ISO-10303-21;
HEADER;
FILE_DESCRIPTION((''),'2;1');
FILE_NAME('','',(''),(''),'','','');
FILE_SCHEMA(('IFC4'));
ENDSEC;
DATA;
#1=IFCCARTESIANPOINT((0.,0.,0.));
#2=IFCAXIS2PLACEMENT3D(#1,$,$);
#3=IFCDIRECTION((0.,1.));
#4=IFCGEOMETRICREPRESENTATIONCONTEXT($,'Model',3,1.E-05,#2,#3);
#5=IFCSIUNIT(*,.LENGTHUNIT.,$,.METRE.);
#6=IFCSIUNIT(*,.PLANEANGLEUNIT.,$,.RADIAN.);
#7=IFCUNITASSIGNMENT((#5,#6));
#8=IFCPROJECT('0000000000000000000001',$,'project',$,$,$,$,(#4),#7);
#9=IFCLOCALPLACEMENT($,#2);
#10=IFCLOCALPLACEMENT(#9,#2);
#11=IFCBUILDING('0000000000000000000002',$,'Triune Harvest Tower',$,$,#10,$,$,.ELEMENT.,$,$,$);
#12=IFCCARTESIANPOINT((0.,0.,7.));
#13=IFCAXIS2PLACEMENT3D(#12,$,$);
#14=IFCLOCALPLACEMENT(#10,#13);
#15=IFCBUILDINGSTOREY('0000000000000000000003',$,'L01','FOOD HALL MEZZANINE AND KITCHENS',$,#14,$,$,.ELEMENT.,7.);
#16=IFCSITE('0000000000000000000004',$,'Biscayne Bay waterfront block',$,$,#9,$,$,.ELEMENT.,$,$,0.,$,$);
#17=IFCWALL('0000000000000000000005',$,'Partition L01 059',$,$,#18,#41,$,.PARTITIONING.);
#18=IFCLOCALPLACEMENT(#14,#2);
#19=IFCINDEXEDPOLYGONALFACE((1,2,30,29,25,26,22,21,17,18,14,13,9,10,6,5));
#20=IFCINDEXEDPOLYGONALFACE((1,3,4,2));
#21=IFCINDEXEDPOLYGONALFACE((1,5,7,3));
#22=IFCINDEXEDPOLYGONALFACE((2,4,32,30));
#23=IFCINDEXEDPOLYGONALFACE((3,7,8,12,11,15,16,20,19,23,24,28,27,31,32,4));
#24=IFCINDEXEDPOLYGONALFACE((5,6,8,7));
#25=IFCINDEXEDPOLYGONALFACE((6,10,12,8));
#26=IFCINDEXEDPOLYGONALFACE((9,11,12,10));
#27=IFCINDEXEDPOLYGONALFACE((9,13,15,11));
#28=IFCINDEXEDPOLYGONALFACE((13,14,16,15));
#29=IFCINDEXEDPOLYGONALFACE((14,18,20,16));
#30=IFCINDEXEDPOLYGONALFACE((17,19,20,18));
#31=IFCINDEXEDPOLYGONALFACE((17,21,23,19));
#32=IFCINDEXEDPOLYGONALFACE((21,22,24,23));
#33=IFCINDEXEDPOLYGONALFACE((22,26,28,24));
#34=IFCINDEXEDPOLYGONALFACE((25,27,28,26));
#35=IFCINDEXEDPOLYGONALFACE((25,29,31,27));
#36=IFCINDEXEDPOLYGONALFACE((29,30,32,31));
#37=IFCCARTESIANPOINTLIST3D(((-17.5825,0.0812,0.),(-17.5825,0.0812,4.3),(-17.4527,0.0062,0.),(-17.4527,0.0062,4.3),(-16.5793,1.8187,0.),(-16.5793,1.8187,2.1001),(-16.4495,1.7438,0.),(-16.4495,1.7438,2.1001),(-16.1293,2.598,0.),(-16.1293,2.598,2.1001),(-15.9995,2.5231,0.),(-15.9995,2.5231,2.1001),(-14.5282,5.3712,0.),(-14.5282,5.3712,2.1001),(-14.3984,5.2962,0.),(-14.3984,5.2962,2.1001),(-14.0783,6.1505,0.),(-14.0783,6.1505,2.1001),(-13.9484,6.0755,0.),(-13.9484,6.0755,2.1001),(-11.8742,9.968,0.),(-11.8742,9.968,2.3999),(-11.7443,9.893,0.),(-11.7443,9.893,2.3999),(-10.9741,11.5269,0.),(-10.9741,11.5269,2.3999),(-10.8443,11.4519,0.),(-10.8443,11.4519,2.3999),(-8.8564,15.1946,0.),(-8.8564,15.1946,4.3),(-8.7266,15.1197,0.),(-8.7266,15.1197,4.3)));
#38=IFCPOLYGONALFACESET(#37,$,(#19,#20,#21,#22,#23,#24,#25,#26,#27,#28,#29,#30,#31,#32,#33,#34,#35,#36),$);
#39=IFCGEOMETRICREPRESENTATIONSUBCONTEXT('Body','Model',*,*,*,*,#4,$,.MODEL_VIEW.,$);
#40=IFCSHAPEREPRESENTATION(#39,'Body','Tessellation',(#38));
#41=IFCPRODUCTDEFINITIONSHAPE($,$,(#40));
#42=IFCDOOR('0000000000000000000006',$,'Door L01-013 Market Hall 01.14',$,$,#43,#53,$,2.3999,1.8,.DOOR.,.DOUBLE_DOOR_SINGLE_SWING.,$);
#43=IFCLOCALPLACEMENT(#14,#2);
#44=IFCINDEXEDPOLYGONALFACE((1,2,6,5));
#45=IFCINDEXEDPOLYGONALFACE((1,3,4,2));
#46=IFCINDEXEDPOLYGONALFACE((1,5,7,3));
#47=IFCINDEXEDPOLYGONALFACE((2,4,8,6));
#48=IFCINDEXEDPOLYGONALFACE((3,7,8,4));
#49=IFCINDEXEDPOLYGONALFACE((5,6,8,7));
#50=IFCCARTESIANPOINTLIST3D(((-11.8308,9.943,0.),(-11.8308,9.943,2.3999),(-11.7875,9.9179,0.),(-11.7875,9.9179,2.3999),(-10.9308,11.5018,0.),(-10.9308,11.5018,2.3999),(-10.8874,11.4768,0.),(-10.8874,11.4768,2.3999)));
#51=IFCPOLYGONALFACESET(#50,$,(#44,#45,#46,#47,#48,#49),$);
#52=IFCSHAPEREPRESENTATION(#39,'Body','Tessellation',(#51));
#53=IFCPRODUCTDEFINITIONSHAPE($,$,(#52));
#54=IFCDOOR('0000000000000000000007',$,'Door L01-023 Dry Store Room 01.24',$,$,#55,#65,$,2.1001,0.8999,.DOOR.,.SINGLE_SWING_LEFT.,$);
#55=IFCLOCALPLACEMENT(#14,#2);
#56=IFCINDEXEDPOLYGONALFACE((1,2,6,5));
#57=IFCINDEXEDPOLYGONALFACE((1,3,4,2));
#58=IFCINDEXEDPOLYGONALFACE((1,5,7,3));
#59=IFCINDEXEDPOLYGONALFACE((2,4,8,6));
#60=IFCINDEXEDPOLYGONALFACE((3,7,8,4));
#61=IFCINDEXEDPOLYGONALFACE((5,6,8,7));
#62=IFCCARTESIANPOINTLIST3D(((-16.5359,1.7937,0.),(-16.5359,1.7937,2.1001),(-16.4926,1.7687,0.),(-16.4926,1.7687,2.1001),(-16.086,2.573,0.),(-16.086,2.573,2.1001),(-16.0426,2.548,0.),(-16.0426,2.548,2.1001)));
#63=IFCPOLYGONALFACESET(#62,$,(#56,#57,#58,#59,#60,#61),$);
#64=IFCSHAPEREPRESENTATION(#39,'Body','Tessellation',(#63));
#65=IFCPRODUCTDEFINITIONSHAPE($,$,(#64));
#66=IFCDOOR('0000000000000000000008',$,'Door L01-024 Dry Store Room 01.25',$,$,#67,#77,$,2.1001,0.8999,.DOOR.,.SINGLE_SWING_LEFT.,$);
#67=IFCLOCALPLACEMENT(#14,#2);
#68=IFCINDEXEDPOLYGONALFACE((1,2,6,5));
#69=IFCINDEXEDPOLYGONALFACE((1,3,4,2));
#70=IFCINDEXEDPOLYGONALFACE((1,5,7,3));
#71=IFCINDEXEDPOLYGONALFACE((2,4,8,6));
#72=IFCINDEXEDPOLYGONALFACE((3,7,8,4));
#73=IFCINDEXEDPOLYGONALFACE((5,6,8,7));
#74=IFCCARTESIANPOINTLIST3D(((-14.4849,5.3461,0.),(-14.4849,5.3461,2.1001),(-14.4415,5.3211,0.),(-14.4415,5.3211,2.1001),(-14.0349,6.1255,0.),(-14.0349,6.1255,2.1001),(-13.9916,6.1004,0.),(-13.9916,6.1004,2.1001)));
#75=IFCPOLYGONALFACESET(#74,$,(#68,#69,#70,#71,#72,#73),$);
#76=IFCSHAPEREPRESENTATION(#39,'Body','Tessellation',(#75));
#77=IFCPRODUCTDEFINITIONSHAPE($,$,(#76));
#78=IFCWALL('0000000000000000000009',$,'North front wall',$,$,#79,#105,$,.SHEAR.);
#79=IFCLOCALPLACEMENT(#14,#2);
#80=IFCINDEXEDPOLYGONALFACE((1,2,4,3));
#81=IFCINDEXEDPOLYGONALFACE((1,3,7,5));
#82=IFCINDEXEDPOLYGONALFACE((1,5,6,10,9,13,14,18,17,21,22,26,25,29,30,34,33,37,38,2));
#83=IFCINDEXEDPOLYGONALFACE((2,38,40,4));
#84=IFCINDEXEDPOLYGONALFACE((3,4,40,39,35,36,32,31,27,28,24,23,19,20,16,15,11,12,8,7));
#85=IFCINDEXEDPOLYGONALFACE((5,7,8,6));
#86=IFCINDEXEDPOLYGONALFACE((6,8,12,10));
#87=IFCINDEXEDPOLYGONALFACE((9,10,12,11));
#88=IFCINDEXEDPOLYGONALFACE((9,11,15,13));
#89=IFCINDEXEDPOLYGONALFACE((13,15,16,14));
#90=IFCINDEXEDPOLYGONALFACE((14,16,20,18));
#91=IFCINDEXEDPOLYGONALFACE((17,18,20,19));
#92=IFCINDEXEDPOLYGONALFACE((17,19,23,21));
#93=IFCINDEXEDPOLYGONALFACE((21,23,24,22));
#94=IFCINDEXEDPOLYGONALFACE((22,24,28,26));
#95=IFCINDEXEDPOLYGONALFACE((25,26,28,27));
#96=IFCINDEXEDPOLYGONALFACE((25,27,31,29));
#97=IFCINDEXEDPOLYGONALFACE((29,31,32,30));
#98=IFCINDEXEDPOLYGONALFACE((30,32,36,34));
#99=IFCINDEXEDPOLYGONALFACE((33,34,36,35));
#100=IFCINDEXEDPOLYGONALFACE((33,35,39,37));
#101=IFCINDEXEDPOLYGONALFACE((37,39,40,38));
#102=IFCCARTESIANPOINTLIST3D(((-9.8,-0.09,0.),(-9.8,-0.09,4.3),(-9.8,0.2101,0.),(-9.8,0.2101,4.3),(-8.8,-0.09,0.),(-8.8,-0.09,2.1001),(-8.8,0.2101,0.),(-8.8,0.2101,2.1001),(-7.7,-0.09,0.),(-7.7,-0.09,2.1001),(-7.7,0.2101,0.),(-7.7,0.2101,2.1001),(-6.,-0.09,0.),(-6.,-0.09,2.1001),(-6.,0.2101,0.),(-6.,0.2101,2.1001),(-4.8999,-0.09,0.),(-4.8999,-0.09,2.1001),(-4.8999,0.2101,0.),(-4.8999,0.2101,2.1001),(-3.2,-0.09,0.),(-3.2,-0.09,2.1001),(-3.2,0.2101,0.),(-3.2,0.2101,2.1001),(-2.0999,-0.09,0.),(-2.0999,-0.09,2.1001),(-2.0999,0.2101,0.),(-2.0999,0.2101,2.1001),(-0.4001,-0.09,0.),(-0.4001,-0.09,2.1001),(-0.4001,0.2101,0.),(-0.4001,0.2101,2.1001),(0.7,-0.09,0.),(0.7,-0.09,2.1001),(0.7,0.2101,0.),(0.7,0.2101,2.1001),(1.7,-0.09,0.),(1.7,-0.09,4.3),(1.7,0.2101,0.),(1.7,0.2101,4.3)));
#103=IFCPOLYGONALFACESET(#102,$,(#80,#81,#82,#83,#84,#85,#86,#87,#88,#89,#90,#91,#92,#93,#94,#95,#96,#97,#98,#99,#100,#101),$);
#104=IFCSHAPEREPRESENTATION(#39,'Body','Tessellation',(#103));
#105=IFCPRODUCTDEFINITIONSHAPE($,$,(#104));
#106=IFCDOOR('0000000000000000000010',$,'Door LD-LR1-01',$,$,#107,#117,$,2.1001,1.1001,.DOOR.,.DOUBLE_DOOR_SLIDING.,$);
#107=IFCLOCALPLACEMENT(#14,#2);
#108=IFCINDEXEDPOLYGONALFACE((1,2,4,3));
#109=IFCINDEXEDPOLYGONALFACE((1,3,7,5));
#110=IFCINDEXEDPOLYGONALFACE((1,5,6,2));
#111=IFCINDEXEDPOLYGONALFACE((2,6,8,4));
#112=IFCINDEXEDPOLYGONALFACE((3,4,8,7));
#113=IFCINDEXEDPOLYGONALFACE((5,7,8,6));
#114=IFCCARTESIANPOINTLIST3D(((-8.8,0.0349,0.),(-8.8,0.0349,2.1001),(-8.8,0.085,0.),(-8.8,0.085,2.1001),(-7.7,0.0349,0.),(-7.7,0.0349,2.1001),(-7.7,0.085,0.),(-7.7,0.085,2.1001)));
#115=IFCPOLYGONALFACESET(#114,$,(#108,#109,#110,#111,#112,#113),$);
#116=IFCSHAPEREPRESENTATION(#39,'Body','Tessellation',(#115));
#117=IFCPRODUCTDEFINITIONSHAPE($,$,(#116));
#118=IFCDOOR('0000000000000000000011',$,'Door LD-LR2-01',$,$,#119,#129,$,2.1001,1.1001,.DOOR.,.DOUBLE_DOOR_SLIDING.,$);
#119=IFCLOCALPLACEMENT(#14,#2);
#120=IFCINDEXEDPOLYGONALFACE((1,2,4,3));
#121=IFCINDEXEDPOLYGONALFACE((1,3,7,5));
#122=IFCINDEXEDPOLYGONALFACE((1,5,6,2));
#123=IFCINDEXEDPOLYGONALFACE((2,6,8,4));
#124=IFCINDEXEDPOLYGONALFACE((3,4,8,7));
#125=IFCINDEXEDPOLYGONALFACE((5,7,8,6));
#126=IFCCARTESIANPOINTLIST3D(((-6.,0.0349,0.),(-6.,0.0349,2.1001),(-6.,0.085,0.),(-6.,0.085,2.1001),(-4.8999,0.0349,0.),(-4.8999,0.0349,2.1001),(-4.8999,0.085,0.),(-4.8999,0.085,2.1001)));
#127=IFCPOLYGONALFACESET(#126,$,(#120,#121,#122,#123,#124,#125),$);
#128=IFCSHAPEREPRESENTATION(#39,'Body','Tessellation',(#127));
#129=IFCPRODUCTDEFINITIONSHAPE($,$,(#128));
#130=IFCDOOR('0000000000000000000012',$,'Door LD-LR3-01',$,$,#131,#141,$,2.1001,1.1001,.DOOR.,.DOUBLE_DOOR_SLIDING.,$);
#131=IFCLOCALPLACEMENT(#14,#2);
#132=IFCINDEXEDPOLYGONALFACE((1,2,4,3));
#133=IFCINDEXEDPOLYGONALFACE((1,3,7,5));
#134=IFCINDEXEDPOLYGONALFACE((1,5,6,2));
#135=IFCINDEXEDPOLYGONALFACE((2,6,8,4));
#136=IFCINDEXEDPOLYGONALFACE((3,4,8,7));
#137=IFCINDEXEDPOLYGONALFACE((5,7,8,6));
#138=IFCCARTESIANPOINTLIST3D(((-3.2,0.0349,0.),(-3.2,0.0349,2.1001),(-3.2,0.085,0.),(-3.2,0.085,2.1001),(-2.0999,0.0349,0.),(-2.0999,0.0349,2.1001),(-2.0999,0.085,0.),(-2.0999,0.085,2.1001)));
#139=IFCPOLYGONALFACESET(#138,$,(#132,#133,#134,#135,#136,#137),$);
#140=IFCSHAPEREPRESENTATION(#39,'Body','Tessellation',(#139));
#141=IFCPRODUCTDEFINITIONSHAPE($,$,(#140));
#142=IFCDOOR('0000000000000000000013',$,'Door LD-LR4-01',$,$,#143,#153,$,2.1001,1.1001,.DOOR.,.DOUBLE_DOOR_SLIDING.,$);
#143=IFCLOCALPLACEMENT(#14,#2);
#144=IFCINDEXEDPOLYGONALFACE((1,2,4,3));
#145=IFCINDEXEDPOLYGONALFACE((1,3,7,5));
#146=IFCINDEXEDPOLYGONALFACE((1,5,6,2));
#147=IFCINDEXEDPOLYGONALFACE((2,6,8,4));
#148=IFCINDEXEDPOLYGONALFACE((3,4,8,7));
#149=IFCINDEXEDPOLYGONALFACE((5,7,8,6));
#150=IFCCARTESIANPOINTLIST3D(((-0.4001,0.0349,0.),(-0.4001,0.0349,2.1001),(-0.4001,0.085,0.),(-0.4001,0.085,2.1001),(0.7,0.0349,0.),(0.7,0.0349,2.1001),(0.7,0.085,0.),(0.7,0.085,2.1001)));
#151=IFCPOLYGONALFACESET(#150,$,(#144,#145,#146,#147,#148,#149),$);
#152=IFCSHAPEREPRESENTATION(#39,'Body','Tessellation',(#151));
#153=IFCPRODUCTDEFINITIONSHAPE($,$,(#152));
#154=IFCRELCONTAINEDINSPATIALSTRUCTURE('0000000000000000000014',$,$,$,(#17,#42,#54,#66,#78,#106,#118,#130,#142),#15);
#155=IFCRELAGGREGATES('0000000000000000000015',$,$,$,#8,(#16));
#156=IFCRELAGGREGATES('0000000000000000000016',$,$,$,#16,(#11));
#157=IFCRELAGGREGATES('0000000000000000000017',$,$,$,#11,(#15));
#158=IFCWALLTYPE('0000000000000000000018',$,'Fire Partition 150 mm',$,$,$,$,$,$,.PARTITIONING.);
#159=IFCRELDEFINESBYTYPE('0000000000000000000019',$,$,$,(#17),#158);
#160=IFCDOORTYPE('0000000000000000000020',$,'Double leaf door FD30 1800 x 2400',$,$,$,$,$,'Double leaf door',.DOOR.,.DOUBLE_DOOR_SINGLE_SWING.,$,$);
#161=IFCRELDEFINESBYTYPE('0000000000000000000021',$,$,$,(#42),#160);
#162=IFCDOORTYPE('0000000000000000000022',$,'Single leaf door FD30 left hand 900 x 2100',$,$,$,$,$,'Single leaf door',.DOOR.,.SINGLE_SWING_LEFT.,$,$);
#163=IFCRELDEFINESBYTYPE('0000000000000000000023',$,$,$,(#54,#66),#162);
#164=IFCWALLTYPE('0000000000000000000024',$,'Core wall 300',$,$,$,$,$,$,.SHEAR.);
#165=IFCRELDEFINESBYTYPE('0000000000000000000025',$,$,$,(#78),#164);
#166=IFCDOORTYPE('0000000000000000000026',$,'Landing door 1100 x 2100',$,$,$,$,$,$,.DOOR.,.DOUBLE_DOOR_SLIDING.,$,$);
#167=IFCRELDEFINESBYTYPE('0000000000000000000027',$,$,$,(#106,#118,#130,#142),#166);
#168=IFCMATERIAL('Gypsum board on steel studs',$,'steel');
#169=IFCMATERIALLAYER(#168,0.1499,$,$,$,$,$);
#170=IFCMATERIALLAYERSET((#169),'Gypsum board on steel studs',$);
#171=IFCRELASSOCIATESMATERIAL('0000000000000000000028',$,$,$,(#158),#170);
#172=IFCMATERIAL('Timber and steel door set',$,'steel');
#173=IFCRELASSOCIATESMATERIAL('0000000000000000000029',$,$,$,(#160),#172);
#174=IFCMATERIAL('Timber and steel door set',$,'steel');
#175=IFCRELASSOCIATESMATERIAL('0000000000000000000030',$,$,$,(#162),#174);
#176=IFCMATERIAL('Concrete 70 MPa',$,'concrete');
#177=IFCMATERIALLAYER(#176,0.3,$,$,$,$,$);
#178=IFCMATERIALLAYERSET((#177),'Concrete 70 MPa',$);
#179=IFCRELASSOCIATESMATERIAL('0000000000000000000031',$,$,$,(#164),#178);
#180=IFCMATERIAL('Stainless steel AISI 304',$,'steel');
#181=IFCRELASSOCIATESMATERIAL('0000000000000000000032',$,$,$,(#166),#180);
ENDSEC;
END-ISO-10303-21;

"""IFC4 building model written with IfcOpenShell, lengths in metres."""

from ifc_helpers import new_model, si_unit, direction, frame, frame_2d, origin, place, context, subcontext, project, spatial, rectangle, extrude, source, transform, mapped, material, layer, layer_set, type_object, element, fill, save


model = new_model("IFC4")

# Units and contexts
model_context = context("Model", 3, precision=1e-05, world=origin(), true_north=direction((0.0, 1.0)))
body_context = subcontext(model_context, "Body", "Model", "MODEL_VIEW")
ifc_project = project(units=[si_unit("LENGTHUNIT", "METRE"), si_unit("PLANEANGLEUNIT", "RADIAN")], contexts=[model_context])

# Site, building, storey
site_placement = place(None, origin())
site = spatial("IfcSite", under=ifc_project, at=site_placement, Name="Biscayne Bay waterfront block", CompositionType="ELEMENT", RefElevation=0.0)
building_placement = place(site_placement, origin())
building = spatial("IfcBuilding", under=site, at=building_placement, Name="Triune Harvest Tower", CompositionType="ELEMENT")
storey_placement = place(building_placement, frame((0.0, 0.0, 7.0)))
storey = spatial("IfcBuildingStorey", under=building, at=storey_placement, Name="L01", Description="FOOD HALL MEZZANINE AND KITCHENS", CompositionType="ELEMENT", Elevation=7.0)

# Walls, openings, doors
ifc_material_1 = material(Name="Gypsum board on steel studs", Category="steel")
ifc_layer_1 = layer(ifc_material_1, 0.1499)
ifc_layer_set_1 = layer_set([ifc_layer_1], Name="Gypsum board on steel studs")
wall_type_1 = type_object("IfcWallType", Name="Fire Partition 150 mm", PredefinedType="PARTITIONING", material=ifc_layer_set_1)
wall_1_placement = place(storey_placement, frame((-17.5176, 0.0437, 0.0), z_axis=(0.0, 0.0, 1.0), x_axis=(0.500012, 0.866019, 0.0)))
wall_1 = element("IfcWall", 1, at=wall_1_placement, inside=storey, type_object=wall_type_1, Name="Partition L01 059", PredefinedType="PARTITIONING", context=body_context, shape_type="SweptSolid", body=[
    extrude(rectangle(XDim=17.4517, YDim=0.1499, at=frame_2d((8.7258, 0.0))), origin(), (0.0, 0.0, 1.0), 4.3),
])
opening_1_placement = place(wall_1_placement, frame((11.4165, 0.0, 0.0)))
opening_1 = element("IfcOpeningElement", 2, at=opening_1_placement, cuts=wall_1, PredefinedType="OPENING", context=body_context, shape_type="SweptSolid", body=[
    extrude(rectangle(XDim=1.8, YDim=2.3999, at=frame_2d((0.8999, 1.2))), frame((0.0, 0.085, 0.0), z_axis=(0.0, -1.0, 0.0), x_axis=(1.0, 0.0, 0.0)), (0.0, 0.0, 1.0), 0.1699),
])
opening_2_placement = place(wall_1_placement, frame((2.0063, 0.0, 0.0)))
opening_2 = element("IfcOpeningElement", 3, at=opening_2_placement, cuts=wall_1, PredefinedType="OPENING", context=body_context, shape_type="SweptSolid", body=[
    extrude(rectangle(XDim=0.8999, YDim=2.1001, at=frame_2d((0.45, 1.05))), frame((0.0, 0.085, 0.0), z_axis=(0.0, -1.0, 0.0), x_axis=(1.0, 0.0, 0.0)), (0.0, 0.0, 1.0), 0.1699),
])
opening_3_placement = place(wall_1_placement, frame((6.1084, 0.0, 0.0)))
opening_3 = element("IfcOpeningElement", 4, at=opening_3_placement, cuts=wall_1, PredefinedType="OPENING", context=body_context, shape_type="SweptSolid", body=[
    extrude(rectangle(XDim=0.8999, YDim=2.1001, at=frame_2d((0.45, 1.05))), frame((0.0, 0.085, 0.0), z_axis=(0.0, -1.0, 0.0), x_axis=(1.0, 0.0, 0.0)), (0.0, 0.0, 1.0), 0.1699),
])
ifc_material_2 = material(Name="Timber and steel door set", Category="steel")
door_type_1 = type_object("IfcDoorType", Name="Double leaf door FD30 1800 x 2400", ElementType="Double leaf door", OperationType="DOUBLE_DOOR_SINGLE_SWING", PredefinedType="DOOR", material=ifc_material_2)
door_1_placement = place(opening_1_placement, origin())
door_1 = element("IfcDoor", 5, at=door_1_placement, inside=storey, type_object=door_type_1, Name="Door L01-013 Market Hall 01.14", OperationType="DOUBLE_DOOR_SINGLE_SWING", OverallHeight=2.3999, OverallWidth=1.8, PredefinedType="DOOR", context=body_context, shape_type="SweptSolid", body=[
    extrude(rectangle(XDim=1.8, YDim=2.3999, at=frame_2d((0.8999, 1.2))), frame((0.0, 0.0249, 0.0), z_axis=(0.0, -1.0, 0.0), x_axis=(1.0, 0.0, 0.0)), (0.0, 0.0, 1.0), 0.05),
])
fill(opening_1, door_1)
ifc_material_3 = material(Name="Timber and steel door set", Category="steel")
door_type_2 = type_object("IfcDoorType", Name="Single leaf door FD30 left hand 900 x 2100", ElementType="Single leaf door", OperationType="SINGLE_SWING_LEFT", PredefinedType="DOOR", material=ifc_material_3)
door_2_placement = place(opening_2_placement, origin())
door_2 = element("IfcDoor", 6, at=door_2_placement, inside=storey, type_object=door_type_2, Name="Door L01-023 Dry Store Room 01.24", OperationType="SINGLE_SWING_LEFT", OverallHeight=2.1001, OverallWidth=0.8999, PredefinedType="DOOR", context=body_context, shape_type="SweptSolid", body=[
    extrude(rectangle(XDim=0.8999, YDim=2.1001, at=frame_2d((0.45, 1.05))), frame((0.0, 0.0249, 0.0), z_axis=(0.0, -1.0, 0.0), x_axis=(1.0, 0.0, 0.0)), (0.0, 0.0, 1.0), 0.05),
])
fill(opening_2, door_2)
door_3_placement = place(opening_3_placement, origin())
door_3 = element("IfcDoor", 7, at=door_3_placement, inside=storey, type_object=door_type_2, Name="Door L01-024 Dry Store Room 01.25", OperationType="SINGLE_SWING_LEFT", OverallHeight=2.1001, OverallWidth=0.8999, PredefinedType="DOOR", context=body_context, shape_type="SweptSolid", body=[
    extrude(rectangle(XDim=0.8999, YDim=2.1001, at=frame_2d((0.45, 1.05))), frame((0.0, 0.0249, 0.0), z_axis=(0.0, -1.0, 0.0), x_axis=(1.0, 0.0, 0.0)), (0.0, 0.0, 1.0), 0.05),
])
fill(opening_3, door_3)
ifc_material_4 = material(Name="Concrete 70 MPa", Category="concrete")
ifc_layer_2 = layer(ifc_material_4, 0.3)
ifc_layer_set_2 = layer_set([ifc_layer_2], Name="Concrete 70 MPa")
wall_type_2 = type_object("IfcWallType", Name="Core wall 300", PredefinedType="SHEAR", material=ifc_layer_set_2)
shared_shape_1 = source(origin(), body_context, "Body", "SweptSolid", [
    extrude(rectangle(XDim=11.5, YDim=0.3, at=frame_2d((5.75, 0.0))), origin(), (0.0, 0.0, 1.0), 4.3),
])
wall_2_placement = place(storey_placement, frame((-9.8, 0.0601, 0.0), z_axis=(0.0, 0.0, 1.0), x_axis=(1.0, 0.0, 0.0)))
wall_2 = element("IfcWall", 8, at=wall_2_placement, inside=storey, type_object=wall_type_2, Name="North front wall", PredefinedType="SHEAR", context=body_context, shape_type="MappedRepresentation", body=[
    mapped(shared_shape_1, transform((0.0, 0.0, 0.0), scale=1.0)),
])
opening_4_placement = place(wall_2_placement, frame((1.0, 0.0, 0.0)))
opening_4 = element("IfcOpeningElement", 9, at=opening_4_placement, cuts=wall_2, PredefinedType="OPENING", context=body_context, shape_type="SweptSolid", body=[
    extrude(rectangle(XDim=1.1001, YDim=2.1001, at=frame_2d((0.55, 1.05))), frame((0.0, 0.1602, 0.0), z_axis=(0.0, -1.0, 0.0), x_axis=(1.0, 0.0, 0.0)), (0.0, 0.0, 1.0), 0.3201),
])
opening_5_placement = place(wall_2_placement, frame((3.8, 0.0, 0.0)))
opening_5 = element("IfcOpeningElement", 10, at=opening_5_placement, cuts=wall_2, PredefinedType="OPENING", context=body_context, shape_type="SweptSolid", body=[
    extrude(rectangle(XDim=1.1001, YDim=2.1001, at=frame_2d((0.55, 1.05))), frame((0.0, 0.1602, 0.0), z_axis=(0.0, -1.0, 0.0), x_axis=(1.0, 0.0, 0.0)), (0.0, 0.0, 1.0), 0.3201),
])
opening_6_placement = place(wall_2_placement, frame((6.6001, 0.0, 0.0)))
opening_6 = element("IfcOpeningElement", 11, at=opening_6_placement, cuts=wall_2, PredefinedType="OPENING", context=body_context, shape_type="SweptSolid", body=[
    extrude(rectangle(XDim=1.1001, YDim=2.1001, at=frame_2d((0.55, 1.05))), frame((0.0, 0.1602, 0.0), z_axis=(0.0, -1.0, 0.0), x_axis=(1.0, 0.0, 0.0)), (0.0, 0.0, 1.0), 0.3201),
])
opening_7_placement = place(wall_2_placement, frame((9.3999, 0.0, 0.0)))
opening_7 = element("IfcOpeningElement", 12, at=opening_7_placement, cuts=wall_2, PredefinedType="OPENING", context=body_context, shape_type="SweptSolid", body=[
    extrude(rectangle(XDim=1.1001, YDim=2.1001, at=frame_2d((0.55, 1.05))), frame((0.0, 0.1602, 0.0), z_axis=(0.0, -1.0, 0.0), x_axis=(1.0, 0.0, 0.0)), (0.0, 0.0, 1.0), 0.3201),
])
ifc_material_5 = material(Name="Stainless steel AISI 304", Category="steel")
door_type_3 = type_object("IfcDoorType", Name="Landing door 1100 x 2100", OperationType="DOUBLE_DOOR_SLIDING", PredefinedType="DOOR", material=ifc_material_5)
door_4_placement = place(opening_4_placement, origin())
door_4 = element("IfcDoor", 13, at=door_4_placement, inside=storey, type_object=door_type_3, Name="Door LD-LR1-01", OperationType="DOUBLE_DOOR_SLIDING", OverallHeight=2.1001, OverallWidth=1.1001, PredefinedType="DOOR", context=body_context, shape_type="SweptSolid", body=[
    extrude(rectangle(XDim=1.1001, YDim=2.1001, at=frame_2d((0.55, 1.05))), frame((0.0, 0.0249, 0.0), z_axis=(0.0, -1.0, 0.0), x_axis=(1.0, 0.0, 0.0)), (0.0, 0.0, 1.0), 0.05),
])
fill(opening_4, door_4)
door_5_placement = place(opening_5_placement, origin())
door_5 = element("IfcDoor", 14, at=door_5_placement, inside=storey, type_object=door_type_3, Name="Door LD-LR2-01", OperationType="DOUBLE_DOOR_SLIDING", OverallHeight=2.1001, OverallWidth=1.1001, PredefinedType="DOOR", context=body_context, shape_type="SweptSolid", body=[
    extrude(rectangle(XDim=1.1001, YDim=2.1001, at=frame_2d((0.55, 1.05))), frame((0.0, 0.0249, 0.0), z_axis=(0.0, -1.0, 0.0), x_axis=(1.0, 0.0, 0.0)), (0.0, 0.0, 1.0), 0.05),
])
fill(opening_5, door_5)
door_6_placement = place(opening_6_placement, origin())
door_6 = element("IfcDoor", 15, at=door_6_placement, inside=storey, type_object=door_type_3, Name="Door LD-LR3-01", OperationType="DOUBLE_DOOR_SLIDING", OverallHeight=2.1001, OverallWidth=1.1001, PredefinedType="DOOR", context=body_context, shape_type="SweptSolid", body=[
    extrude(rectangle(XDim=1.1001, YDim=2.1001, at=frame_2d((0.55, 1.05))), frame((0.0, 0.0249, 0.0), z_axis=(0.0, -1.0, 0.0), x_axis=(1.0, 0.0, 0.0)), (0.0, 0.0, 1.0), 0.05),
])
fill(opening_6, door_6)
door_7_placement = place(opening_7_placement, origin())
door_7 = element("IfcDoor", 16, at=door_7_placement, inside=storey, type_object=door_type_3, Name="Door LD-LR4-01", OperationType="DOUBLE_DOOR_SLIDING", OverallHeight=2.1001, OverallWidth=1.1001, PredefinedType="DOOR", context=body_context, shape_type="SweptSolid", body=[
    extrude(rectangle(XDim=1.1001, YDim=2.1001, at=frame_2d((0.55, 1.05))), frame((0.0, 0.0249, 0.0), z_axis=(0.0, -1.0, 0.0), x_axis=(1.0, 0.0, 0.0)), (0.0, 0.0, 1.0), 0.05),
])
fill(opening_7, door_7)

save(model, "model.ifc")
